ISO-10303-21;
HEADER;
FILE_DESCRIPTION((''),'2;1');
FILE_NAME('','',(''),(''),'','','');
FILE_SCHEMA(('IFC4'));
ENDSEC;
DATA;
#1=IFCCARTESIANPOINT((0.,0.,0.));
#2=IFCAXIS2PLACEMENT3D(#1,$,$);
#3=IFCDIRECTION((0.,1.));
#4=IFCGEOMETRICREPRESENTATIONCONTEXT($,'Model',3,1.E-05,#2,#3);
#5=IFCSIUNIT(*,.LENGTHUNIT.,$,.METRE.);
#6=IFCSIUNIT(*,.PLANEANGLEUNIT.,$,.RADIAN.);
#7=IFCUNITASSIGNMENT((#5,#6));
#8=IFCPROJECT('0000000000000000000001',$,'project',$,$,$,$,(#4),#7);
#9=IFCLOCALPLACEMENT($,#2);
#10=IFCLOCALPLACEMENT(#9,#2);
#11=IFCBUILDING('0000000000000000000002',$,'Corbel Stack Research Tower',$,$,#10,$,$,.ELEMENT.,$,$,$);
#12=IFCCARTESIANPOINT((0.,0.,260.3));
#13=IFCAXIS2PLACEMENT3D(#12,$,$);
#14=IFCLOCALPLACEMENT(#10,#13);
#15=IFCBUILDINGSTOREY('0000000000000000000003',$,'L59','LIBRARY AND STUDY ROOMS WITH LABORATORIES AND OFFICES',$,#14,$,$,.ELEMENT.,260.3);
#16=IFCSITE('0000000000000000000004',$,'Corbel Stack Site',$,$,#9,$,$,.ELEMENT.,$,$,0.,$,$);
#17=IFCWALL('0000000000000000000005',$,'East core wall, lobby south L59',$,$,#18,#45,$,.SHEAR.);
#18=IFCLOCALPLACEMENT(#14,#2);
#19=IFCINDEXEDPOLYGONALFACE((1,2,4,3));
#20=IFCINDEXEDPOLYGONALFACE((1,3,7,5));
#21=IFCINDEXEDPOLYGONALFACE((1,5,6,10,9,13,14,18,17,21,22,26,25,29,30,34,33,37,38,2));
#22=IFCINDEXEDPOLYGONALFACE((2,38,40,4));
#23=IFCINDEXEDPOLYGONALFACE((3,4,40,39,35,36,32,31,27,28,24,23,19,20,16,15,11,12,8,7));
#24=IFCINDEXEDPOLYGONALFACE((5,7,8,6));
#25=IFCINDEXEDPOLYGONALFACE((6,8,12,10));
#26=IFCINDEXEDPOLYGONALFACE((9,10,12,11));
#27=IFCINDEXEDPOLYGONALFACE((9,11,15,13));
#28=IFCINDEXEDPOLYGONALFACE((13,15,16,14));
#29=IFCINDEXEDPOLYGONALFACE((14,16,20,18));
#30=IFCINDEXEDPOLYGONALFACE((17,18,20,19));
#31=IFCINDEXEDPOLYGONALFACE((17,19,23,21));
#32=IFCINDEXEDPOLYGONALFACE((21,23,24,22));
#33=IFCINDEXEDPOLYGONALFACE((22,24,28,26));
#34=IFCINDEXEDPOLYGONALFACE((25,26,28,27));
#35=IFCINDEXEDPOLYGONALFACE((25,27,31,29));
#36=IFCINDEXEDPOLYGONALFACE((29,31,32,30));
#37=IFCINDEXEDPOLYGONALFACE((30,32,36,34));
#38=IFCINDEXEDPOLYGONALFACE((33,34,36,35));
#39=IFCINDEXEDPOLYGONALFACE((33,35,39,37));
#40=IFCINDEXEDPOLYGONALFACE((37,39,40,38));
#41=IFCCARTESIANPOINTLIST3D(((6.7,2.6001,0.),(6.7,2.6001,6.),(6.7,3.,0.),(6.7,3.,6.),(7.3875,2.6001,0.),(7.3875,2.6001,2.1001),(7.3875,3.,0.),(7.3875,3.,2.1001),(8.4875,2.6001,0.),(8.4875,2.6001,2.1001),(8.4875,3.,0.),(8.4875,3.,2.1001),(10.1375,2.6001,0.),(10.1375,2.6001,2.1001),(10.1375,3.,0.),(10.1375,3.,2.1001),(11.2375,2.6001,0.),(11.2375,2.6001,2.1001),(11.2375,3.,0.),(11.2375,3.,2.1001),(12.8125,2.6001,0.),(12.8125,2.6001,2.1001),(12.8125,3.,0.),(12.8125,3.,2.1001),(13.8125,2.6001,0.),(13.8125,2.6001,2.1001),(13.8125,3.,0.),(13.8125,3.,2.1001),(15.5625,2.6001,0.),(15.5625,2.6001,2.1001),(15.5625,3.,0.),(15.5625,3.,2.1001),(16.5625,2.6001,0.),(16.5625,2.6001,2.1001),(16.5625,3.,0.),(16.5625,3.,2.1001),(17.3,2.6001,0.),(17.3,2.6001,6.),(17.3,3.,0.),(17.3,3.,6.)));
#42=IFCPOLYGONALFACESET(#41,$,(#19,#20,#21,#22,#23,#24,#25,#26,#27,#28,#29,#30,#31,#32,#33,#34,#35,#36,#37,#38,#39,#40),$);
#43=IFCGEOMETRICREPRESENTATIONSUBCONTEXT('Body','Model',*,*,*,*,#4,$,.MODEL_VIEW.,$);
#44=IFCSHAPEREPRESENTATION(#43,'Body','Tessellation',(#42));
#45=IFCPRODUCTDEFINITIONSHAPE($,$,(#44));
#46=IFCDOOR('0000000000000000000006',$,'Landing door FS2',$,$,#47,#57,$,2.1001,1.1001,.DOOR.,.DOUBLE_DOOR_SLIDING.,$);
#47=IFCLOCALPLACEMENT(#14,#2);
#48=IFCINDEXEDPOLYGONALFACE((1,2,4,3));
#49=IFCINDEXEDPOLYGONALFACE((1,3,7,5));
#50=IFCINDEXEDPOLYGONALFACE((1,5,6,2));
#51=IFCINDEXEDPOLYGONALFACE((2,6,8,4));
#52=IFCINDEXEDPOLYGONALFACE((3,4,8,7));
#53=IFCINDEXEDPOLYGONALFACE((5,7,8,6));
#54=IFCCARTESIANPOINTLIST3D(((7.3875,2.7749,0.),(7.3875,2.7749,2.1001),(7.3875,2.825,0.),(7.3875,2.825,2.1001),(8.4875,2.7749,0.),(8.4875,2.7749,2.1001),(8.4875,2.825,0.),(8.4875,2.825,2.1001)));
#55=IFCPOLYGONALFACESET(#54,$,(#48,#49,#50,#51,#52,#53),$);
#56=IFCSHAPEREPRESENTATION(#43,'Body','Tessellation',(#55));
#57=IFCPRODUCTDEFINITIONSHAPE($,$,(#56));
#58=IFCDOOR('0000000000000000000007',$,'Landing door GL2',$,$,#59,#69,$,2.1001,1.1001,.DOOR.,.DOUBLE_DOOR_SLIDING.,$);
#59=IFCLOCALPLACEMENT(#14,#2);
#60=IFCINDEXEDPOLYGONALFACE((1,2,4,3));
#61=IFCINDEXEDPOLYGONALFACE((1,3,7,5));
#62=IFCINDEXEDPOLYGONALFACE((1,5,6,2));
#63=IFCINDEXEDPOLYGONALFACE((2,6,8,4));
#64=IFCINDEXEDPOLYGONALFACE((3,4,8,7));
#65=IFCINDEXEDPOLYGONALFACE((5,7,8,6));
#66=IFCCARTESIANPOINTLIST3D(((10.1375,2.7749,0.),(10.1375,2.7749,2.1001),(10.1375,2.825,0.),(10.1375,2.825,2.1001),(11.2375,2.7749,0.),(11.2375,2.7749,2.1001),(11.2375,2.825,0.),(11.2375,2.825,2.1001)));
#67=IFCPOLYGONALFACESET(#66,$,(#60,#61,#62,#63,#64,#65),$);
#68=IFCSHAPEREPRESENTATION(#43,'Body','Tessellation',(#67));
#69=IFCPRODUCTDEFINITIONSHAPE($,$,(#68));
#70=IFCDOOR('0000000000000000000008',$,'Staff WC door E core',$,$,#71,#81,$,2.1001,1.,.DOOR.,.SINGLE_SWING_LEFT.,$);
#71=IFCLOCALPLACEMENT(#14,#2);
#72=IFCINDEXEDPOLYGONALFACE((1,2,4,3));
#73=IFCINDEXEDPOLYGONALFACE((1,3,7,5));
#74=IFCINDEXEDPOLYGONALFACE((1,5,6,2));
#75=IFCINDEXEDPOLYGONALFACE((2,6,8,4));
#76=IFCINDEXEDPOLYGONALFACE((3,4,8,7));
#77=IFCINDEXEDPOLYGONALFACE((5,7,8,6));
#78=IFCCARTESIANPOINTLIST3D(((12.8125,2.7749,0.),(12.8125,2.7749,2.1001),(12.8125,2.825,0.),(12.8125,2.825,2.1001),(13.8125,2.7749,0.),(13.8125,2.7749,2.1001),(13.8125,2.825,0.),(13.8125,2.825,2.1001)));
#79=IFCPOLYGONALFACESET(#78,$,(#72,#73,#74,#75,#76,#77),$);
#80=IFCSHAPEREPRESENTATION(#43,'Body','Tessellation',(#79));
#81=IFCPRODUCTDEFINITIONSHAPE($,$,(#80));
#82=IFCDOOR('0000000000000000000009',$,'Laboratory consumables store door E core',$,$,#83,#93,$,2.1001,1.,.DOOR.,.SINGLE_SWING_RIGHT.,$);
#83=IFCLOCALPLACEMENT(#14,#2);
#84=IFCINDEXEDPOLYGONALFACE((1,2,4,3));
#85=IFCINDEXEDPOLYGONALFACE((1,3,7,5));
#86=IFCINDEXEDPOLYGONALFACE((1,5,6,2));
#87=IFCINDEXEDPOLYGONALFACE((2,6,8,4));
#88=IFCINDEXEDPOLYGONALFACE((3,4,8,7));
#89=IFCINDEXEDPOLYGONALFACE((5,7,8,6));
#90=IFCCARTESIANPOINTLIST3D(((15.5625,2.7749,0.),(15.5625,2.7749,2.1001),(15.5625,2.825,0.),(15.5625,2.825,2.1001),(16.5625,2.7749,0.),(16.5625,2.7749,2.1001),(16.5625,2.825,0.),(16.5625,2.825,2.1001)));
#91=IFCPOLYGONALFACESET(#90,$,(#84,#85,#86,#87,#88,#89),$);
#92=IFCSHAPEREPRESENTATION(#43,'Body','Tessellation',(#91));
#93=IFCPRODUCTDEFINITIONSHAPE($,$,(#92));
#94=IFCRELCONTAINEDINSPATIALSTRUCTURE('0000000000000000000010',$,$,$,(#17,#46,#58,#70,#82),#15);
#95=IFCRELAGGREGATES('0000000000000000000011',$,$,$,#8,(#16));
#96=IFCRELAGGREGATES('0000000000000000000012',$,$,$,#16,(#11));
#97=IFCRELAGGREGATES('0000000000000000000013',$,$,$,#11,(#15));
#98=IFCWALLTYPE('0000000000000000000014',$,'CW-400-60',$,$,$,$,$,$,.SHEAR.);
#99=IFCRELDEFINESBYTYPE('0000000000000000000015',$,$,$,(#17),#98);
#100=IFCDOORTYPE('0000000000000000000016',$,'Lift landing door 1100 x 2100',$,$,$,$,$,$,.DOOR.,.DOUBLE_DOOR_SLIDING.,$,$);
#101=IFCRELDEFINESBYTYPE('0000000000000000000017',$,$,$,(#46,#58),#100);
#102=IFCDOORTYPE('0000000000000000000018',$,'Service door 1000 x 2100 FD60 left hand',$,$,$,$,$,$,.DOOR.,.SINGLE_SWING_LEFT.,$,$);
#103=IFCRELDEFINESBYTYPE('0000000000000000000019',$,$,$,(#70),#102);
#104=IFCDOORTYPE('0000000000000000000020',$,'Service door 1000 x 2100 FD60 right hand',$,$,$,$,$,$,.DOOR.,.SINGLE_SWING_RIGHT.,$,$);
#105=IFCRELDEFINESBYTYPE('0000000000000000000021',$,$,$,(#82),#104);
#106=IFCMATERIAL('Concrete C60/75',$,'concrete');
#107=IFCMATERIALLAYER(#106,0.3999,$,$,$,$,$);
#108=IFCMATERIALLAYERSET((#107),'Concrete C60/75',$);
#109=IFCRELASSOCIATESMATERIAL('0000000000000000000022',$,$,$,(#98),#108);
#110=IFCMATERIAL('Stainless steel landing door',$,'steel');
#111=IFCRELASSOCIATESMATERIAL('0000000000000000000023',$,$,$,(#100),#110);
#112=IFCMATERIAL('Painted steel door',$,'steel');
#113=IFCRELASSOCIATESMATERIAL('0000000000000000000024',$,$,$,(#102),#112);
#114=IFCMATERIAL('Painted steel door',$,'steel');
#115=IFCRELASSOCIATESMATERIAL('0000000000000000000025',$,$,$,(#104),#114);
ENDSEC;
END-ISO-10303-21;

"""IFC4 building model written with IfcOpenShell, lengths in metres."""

from ifc_helpers import new_model, si_unit, direction, frame, frame_2d, origin, place, context, subcontext, project, spatial, rectangle, extrude, material, layer, layer_set, type_object, element, fill, save


model = new_model("IFC4")

# Units and contexts
model_context = context("Model", 3, precision=1e-05, world=origin(), true_north=direction((0.0, 1.0)))
body_context = subcontext(model_context, "Body", "Model", "MODEL_VIEW")
ifc_project = project(units=[si_unit("LENGTHUNIT", "METRE"), si_unit("PLANEANGLEUNIT", "RADIAN")], contexts=[model_context])

# Site, building, storey
site_placement = place(None, origin())
site = spatial("IfcSite", under=ifc_project, at=site_placement, Name="Corbel Stack Site", CompositionType="ELEMENT", RefElevation=0.0)
building_placement = place(site_placement, origin())
building = spatial("IfcBuilding", under=site, at=building_placement, Name="Corbel Stack Research Tower", CompositionType="ELEMENT")
storey_placement = place(building_placement, frame((0.0, 0.0, 260.3)))
storey = spatial("IfcBuildingStorey", under=building, at=storey_placement, Name="L59", Description="LIBRARY AND STUDY ROOMS WITH LABORATORIES AND OFFICES", CompositionType="ELEMENT", Elevation=260.3)

# Wall, openings, doors
ifc_material_1 = material(Name="Concrete C60/75", Category="concrete")
ifc_layer_1 = layer(ifc_material_1, 0.3999)
ifc_layer_set_1 = layer_set([ifc_layer_1], Name="Concrete C60/75")
wall_type_1 = type_object("IfcWallType", Name="CW-400-60", PredefinedType="SHEAR", material=ifc_layer_set_1)
wall_1_placement = place(storey_placement, frame((6.7, 2.8, 0.0), z_axis=(0.0, 0.0, 1.0), x_axis=(1.0, 0.0, 0.0)))
wall_1 = element("IfcWall", 1, at=wall_1_placement, inside=storey, type_object=wall_type_1, Name="East core wall, lobby south L59", PredefinedType="SHEAR", context=body_context, shape_type="SweptSolid", body=[
    extrude(rectangle(XDim=10.6001, YDim=0.3999, at=frame_2d((5.3, 0.0))), origin(), (0.0, 0.0, 1.0), 6.0),
])
opening_1_placement = place(wall_1_placement, frame((0.6875, 0.0, 0.0)))
opening_1 = element("IfcOpeningElement", 2, at=opening_1_placement, cuts=wall_1, PredefinedType="OPENING", context=body_context, shape_type="SweptSolid", body=[
    extrude(rectangle(XDim=1.1001, YDim=2.1001, at=frame_2d((0.55, 1.05))), frame((0.0, 0.21, 0.0), z_axis=(0.0, -1.0, 0.0), x_axis=(1.0, 0.0, 0.0)), (0.0, 0.0, 1.0), 0.4199),
])
opening_2_placement = place(wall_1_placement, frame((3.4375, 0.0, 0.0)))
opening_2 = element("IfcOpeningElement", 3, at=opening_2_placement, cuts=wall_1, PredefinedType="OPENING", context=body_context, shape_type="SweptSolid", body=[
    extrude(rectangle(XDim=1.1001, YDim=2.1001, at=frame_2d((0.55, 1.05))), frame((0.0, 0.21, 0.0), z_axis=(0.0, -1.0, 0.0), x_axis=(1.0, 0.0, 0.0)), (0.0, 0.0, 1.0), 0.4199),
])
opening_3_placement = place(wall_1_placement, frame((6.1125, 0.0, 0.0)))
opening_3 = element("IfcOpeningElement", 4, at=opening_3_placement, cuts=wall_1, PredefinedType="OPENING", context=body_context, shape_type="SweptSolid", body=[
    extrude(rectangle(XDim=1.0, YDim=2.1001, at=frame_2d((0.5, 1.05))), frame((0.0, 0.21, 0.0), z_axis=(0.0, -1.0, 0.0), x_axis=(1.0, 0.0, 0.0)), (0.0, 0.0, 1.0), 0.4199),
])
opening_4_placement = place(wall_1_placement, frame((8.8625, 0.0, 0.0)))
opening_4 = element("IfcOpeningElement", 5, at=opening_4_placement, cuts=wall_1, PredefinedType="OPENING", context=body_context, shape_type="SweptSolid", body=[
    extrude(rectangle(XDim=1.0, YDim=2.1001, at=frame_2d((0.5, 1.05))), frame((0.0, 0.21, 0.0), z_axis=(0.0, -1.0, 0.0), x_axis=(1.0, 0.0, 0.0)), (0.0, 0.0, 1.0), 0.4199),
])
ifc_material_2 = material(Name="Stainless steel landing door", Category="steel")
door_type_1 = type_object("IfcDoorType", Name="Lift landing door 1100 x 2100", OperationType="DOUBLE_DOOR_SLIDING", PredefinedType="DOOR", material=ifc_material_2)
door_1_placement = place(opening_1_placement, origin())
door_1 = element("IfcDoor", 6, at=door_1_placement, inside=storey, type_object=door_type_1, Name="Landing door FS2", OperationType="DOUBLE_DOOR_SLIDING", OverallHeight=2.1001, OverallWidth=1.1001, PredefinedType="DOOR", context=body_context, shape_type="SweptSolid", body=[
    extrude(rectangle(XDim=1.1001, YDim=2.1001, at=frame_2d((0.55, 1.05))), frame((0.0, 0.0249, 0.0), z_axis=(0.0, -1.0, 0.0), x_axis=(1.0, 0.0, 0.0)), (0.0, 0.0, 1.0), 0.05),
])
fill(opening_1, door_1)
door_2_placement = place(opening_2_placement, origin())
door_2 = element("IfcDoor", 7, at=door_2_placement, inside=storey, type_object=door_type_1, Name="Landing door GL2", OperationType="DOUBLE_DOOR_SLIDING", OverallHeight=2.1001, OverallWidth=1.1001, PredefinedType="DOOR", context=body_context, shape_type="SweptSolid", body=[
    extrude(rectangle(XDim=1.1001, YDim=2.1001, at=frame_2d((0.55, 1.05))), frame((0.0, 0.0249, 0.0), z_axis=(0.0, -1.0, 0.0), x_axis=(1.0, 0.0, 0.0)), (0.0, 0.0, 1.0), 0.05),
])
fill(opening_2, door_2)
ifc_material_3 = material(Name="Painted steel door", Category="steel")
door_type_2 = type_object("IfcDoorType", Name="Service door 1000 x 2100 FD60 left hand", OperationType="SINGLE_SWING_LEFT", PredefinedType="DOOR", material=ifc_material_3)
door_3_placement = place(opening_3_placement, origin())
door_3 = element("IfcDoor", 8, at=door_3_placement, inside=storey, type_object=door_type_2, Name="Staff WC door E core", OperationType="SINGLE_SWING_LEFT", OverallHeight=2.1001, OverallWidth=1.0, PredefinedType="DOOR", context=body_context, shape_type="SweptSolid", body=[
    extrude(rectangle(XDim=1.0, YDim=2.1001, at=frame_2d((0.5, 1.05))), frame((0.0, 0.0249, 0.0), z_axis=(0.0, -1.0, 0.0), x_axis=(1.0, 0.0, 0.0)), (0.0, 0.0, 1.0), 0.05),
])
fill(opening_3, door_3)
ifc_material_4 = material(Name="Painted steel door", Category="steel")
door_type_3 = type_object("IfcDoorType", Name="Service door 1000 x 2100 FD60 right hand", OperationType="SINGLE_SWING_RIGHT", PredefinedType="DOOR", material=ifc_material_4)
door_4_placement = place(opening_4_placement, origin())
door_4 = element("IfcDoor", 9, at=door_4_placement, inside=storey, type_object=door_type_3, Name="Laboratory consumables store door E core", OperationType="SINGLE_SWING_RIGHT", OverallHeight=2.1001, OverallWidth=1.0, PredefinedType="DOOR", context=body_context, shape_type="SweptSolid", body=[
    extrude(rectangle(XDim=1.0, YDim=2.1001, at=frame_2d((0.5, 1.05))), frame((0.0, 0.0249, 0.0), z_axis=(0.0, -1.0, 0.0), x_axis=(1.0, 0.0, 0.0)), (0.0, 0.0, 1.0), 0.05),
])
fill(opening_4, door_4)

save(model, "model.ifc")
